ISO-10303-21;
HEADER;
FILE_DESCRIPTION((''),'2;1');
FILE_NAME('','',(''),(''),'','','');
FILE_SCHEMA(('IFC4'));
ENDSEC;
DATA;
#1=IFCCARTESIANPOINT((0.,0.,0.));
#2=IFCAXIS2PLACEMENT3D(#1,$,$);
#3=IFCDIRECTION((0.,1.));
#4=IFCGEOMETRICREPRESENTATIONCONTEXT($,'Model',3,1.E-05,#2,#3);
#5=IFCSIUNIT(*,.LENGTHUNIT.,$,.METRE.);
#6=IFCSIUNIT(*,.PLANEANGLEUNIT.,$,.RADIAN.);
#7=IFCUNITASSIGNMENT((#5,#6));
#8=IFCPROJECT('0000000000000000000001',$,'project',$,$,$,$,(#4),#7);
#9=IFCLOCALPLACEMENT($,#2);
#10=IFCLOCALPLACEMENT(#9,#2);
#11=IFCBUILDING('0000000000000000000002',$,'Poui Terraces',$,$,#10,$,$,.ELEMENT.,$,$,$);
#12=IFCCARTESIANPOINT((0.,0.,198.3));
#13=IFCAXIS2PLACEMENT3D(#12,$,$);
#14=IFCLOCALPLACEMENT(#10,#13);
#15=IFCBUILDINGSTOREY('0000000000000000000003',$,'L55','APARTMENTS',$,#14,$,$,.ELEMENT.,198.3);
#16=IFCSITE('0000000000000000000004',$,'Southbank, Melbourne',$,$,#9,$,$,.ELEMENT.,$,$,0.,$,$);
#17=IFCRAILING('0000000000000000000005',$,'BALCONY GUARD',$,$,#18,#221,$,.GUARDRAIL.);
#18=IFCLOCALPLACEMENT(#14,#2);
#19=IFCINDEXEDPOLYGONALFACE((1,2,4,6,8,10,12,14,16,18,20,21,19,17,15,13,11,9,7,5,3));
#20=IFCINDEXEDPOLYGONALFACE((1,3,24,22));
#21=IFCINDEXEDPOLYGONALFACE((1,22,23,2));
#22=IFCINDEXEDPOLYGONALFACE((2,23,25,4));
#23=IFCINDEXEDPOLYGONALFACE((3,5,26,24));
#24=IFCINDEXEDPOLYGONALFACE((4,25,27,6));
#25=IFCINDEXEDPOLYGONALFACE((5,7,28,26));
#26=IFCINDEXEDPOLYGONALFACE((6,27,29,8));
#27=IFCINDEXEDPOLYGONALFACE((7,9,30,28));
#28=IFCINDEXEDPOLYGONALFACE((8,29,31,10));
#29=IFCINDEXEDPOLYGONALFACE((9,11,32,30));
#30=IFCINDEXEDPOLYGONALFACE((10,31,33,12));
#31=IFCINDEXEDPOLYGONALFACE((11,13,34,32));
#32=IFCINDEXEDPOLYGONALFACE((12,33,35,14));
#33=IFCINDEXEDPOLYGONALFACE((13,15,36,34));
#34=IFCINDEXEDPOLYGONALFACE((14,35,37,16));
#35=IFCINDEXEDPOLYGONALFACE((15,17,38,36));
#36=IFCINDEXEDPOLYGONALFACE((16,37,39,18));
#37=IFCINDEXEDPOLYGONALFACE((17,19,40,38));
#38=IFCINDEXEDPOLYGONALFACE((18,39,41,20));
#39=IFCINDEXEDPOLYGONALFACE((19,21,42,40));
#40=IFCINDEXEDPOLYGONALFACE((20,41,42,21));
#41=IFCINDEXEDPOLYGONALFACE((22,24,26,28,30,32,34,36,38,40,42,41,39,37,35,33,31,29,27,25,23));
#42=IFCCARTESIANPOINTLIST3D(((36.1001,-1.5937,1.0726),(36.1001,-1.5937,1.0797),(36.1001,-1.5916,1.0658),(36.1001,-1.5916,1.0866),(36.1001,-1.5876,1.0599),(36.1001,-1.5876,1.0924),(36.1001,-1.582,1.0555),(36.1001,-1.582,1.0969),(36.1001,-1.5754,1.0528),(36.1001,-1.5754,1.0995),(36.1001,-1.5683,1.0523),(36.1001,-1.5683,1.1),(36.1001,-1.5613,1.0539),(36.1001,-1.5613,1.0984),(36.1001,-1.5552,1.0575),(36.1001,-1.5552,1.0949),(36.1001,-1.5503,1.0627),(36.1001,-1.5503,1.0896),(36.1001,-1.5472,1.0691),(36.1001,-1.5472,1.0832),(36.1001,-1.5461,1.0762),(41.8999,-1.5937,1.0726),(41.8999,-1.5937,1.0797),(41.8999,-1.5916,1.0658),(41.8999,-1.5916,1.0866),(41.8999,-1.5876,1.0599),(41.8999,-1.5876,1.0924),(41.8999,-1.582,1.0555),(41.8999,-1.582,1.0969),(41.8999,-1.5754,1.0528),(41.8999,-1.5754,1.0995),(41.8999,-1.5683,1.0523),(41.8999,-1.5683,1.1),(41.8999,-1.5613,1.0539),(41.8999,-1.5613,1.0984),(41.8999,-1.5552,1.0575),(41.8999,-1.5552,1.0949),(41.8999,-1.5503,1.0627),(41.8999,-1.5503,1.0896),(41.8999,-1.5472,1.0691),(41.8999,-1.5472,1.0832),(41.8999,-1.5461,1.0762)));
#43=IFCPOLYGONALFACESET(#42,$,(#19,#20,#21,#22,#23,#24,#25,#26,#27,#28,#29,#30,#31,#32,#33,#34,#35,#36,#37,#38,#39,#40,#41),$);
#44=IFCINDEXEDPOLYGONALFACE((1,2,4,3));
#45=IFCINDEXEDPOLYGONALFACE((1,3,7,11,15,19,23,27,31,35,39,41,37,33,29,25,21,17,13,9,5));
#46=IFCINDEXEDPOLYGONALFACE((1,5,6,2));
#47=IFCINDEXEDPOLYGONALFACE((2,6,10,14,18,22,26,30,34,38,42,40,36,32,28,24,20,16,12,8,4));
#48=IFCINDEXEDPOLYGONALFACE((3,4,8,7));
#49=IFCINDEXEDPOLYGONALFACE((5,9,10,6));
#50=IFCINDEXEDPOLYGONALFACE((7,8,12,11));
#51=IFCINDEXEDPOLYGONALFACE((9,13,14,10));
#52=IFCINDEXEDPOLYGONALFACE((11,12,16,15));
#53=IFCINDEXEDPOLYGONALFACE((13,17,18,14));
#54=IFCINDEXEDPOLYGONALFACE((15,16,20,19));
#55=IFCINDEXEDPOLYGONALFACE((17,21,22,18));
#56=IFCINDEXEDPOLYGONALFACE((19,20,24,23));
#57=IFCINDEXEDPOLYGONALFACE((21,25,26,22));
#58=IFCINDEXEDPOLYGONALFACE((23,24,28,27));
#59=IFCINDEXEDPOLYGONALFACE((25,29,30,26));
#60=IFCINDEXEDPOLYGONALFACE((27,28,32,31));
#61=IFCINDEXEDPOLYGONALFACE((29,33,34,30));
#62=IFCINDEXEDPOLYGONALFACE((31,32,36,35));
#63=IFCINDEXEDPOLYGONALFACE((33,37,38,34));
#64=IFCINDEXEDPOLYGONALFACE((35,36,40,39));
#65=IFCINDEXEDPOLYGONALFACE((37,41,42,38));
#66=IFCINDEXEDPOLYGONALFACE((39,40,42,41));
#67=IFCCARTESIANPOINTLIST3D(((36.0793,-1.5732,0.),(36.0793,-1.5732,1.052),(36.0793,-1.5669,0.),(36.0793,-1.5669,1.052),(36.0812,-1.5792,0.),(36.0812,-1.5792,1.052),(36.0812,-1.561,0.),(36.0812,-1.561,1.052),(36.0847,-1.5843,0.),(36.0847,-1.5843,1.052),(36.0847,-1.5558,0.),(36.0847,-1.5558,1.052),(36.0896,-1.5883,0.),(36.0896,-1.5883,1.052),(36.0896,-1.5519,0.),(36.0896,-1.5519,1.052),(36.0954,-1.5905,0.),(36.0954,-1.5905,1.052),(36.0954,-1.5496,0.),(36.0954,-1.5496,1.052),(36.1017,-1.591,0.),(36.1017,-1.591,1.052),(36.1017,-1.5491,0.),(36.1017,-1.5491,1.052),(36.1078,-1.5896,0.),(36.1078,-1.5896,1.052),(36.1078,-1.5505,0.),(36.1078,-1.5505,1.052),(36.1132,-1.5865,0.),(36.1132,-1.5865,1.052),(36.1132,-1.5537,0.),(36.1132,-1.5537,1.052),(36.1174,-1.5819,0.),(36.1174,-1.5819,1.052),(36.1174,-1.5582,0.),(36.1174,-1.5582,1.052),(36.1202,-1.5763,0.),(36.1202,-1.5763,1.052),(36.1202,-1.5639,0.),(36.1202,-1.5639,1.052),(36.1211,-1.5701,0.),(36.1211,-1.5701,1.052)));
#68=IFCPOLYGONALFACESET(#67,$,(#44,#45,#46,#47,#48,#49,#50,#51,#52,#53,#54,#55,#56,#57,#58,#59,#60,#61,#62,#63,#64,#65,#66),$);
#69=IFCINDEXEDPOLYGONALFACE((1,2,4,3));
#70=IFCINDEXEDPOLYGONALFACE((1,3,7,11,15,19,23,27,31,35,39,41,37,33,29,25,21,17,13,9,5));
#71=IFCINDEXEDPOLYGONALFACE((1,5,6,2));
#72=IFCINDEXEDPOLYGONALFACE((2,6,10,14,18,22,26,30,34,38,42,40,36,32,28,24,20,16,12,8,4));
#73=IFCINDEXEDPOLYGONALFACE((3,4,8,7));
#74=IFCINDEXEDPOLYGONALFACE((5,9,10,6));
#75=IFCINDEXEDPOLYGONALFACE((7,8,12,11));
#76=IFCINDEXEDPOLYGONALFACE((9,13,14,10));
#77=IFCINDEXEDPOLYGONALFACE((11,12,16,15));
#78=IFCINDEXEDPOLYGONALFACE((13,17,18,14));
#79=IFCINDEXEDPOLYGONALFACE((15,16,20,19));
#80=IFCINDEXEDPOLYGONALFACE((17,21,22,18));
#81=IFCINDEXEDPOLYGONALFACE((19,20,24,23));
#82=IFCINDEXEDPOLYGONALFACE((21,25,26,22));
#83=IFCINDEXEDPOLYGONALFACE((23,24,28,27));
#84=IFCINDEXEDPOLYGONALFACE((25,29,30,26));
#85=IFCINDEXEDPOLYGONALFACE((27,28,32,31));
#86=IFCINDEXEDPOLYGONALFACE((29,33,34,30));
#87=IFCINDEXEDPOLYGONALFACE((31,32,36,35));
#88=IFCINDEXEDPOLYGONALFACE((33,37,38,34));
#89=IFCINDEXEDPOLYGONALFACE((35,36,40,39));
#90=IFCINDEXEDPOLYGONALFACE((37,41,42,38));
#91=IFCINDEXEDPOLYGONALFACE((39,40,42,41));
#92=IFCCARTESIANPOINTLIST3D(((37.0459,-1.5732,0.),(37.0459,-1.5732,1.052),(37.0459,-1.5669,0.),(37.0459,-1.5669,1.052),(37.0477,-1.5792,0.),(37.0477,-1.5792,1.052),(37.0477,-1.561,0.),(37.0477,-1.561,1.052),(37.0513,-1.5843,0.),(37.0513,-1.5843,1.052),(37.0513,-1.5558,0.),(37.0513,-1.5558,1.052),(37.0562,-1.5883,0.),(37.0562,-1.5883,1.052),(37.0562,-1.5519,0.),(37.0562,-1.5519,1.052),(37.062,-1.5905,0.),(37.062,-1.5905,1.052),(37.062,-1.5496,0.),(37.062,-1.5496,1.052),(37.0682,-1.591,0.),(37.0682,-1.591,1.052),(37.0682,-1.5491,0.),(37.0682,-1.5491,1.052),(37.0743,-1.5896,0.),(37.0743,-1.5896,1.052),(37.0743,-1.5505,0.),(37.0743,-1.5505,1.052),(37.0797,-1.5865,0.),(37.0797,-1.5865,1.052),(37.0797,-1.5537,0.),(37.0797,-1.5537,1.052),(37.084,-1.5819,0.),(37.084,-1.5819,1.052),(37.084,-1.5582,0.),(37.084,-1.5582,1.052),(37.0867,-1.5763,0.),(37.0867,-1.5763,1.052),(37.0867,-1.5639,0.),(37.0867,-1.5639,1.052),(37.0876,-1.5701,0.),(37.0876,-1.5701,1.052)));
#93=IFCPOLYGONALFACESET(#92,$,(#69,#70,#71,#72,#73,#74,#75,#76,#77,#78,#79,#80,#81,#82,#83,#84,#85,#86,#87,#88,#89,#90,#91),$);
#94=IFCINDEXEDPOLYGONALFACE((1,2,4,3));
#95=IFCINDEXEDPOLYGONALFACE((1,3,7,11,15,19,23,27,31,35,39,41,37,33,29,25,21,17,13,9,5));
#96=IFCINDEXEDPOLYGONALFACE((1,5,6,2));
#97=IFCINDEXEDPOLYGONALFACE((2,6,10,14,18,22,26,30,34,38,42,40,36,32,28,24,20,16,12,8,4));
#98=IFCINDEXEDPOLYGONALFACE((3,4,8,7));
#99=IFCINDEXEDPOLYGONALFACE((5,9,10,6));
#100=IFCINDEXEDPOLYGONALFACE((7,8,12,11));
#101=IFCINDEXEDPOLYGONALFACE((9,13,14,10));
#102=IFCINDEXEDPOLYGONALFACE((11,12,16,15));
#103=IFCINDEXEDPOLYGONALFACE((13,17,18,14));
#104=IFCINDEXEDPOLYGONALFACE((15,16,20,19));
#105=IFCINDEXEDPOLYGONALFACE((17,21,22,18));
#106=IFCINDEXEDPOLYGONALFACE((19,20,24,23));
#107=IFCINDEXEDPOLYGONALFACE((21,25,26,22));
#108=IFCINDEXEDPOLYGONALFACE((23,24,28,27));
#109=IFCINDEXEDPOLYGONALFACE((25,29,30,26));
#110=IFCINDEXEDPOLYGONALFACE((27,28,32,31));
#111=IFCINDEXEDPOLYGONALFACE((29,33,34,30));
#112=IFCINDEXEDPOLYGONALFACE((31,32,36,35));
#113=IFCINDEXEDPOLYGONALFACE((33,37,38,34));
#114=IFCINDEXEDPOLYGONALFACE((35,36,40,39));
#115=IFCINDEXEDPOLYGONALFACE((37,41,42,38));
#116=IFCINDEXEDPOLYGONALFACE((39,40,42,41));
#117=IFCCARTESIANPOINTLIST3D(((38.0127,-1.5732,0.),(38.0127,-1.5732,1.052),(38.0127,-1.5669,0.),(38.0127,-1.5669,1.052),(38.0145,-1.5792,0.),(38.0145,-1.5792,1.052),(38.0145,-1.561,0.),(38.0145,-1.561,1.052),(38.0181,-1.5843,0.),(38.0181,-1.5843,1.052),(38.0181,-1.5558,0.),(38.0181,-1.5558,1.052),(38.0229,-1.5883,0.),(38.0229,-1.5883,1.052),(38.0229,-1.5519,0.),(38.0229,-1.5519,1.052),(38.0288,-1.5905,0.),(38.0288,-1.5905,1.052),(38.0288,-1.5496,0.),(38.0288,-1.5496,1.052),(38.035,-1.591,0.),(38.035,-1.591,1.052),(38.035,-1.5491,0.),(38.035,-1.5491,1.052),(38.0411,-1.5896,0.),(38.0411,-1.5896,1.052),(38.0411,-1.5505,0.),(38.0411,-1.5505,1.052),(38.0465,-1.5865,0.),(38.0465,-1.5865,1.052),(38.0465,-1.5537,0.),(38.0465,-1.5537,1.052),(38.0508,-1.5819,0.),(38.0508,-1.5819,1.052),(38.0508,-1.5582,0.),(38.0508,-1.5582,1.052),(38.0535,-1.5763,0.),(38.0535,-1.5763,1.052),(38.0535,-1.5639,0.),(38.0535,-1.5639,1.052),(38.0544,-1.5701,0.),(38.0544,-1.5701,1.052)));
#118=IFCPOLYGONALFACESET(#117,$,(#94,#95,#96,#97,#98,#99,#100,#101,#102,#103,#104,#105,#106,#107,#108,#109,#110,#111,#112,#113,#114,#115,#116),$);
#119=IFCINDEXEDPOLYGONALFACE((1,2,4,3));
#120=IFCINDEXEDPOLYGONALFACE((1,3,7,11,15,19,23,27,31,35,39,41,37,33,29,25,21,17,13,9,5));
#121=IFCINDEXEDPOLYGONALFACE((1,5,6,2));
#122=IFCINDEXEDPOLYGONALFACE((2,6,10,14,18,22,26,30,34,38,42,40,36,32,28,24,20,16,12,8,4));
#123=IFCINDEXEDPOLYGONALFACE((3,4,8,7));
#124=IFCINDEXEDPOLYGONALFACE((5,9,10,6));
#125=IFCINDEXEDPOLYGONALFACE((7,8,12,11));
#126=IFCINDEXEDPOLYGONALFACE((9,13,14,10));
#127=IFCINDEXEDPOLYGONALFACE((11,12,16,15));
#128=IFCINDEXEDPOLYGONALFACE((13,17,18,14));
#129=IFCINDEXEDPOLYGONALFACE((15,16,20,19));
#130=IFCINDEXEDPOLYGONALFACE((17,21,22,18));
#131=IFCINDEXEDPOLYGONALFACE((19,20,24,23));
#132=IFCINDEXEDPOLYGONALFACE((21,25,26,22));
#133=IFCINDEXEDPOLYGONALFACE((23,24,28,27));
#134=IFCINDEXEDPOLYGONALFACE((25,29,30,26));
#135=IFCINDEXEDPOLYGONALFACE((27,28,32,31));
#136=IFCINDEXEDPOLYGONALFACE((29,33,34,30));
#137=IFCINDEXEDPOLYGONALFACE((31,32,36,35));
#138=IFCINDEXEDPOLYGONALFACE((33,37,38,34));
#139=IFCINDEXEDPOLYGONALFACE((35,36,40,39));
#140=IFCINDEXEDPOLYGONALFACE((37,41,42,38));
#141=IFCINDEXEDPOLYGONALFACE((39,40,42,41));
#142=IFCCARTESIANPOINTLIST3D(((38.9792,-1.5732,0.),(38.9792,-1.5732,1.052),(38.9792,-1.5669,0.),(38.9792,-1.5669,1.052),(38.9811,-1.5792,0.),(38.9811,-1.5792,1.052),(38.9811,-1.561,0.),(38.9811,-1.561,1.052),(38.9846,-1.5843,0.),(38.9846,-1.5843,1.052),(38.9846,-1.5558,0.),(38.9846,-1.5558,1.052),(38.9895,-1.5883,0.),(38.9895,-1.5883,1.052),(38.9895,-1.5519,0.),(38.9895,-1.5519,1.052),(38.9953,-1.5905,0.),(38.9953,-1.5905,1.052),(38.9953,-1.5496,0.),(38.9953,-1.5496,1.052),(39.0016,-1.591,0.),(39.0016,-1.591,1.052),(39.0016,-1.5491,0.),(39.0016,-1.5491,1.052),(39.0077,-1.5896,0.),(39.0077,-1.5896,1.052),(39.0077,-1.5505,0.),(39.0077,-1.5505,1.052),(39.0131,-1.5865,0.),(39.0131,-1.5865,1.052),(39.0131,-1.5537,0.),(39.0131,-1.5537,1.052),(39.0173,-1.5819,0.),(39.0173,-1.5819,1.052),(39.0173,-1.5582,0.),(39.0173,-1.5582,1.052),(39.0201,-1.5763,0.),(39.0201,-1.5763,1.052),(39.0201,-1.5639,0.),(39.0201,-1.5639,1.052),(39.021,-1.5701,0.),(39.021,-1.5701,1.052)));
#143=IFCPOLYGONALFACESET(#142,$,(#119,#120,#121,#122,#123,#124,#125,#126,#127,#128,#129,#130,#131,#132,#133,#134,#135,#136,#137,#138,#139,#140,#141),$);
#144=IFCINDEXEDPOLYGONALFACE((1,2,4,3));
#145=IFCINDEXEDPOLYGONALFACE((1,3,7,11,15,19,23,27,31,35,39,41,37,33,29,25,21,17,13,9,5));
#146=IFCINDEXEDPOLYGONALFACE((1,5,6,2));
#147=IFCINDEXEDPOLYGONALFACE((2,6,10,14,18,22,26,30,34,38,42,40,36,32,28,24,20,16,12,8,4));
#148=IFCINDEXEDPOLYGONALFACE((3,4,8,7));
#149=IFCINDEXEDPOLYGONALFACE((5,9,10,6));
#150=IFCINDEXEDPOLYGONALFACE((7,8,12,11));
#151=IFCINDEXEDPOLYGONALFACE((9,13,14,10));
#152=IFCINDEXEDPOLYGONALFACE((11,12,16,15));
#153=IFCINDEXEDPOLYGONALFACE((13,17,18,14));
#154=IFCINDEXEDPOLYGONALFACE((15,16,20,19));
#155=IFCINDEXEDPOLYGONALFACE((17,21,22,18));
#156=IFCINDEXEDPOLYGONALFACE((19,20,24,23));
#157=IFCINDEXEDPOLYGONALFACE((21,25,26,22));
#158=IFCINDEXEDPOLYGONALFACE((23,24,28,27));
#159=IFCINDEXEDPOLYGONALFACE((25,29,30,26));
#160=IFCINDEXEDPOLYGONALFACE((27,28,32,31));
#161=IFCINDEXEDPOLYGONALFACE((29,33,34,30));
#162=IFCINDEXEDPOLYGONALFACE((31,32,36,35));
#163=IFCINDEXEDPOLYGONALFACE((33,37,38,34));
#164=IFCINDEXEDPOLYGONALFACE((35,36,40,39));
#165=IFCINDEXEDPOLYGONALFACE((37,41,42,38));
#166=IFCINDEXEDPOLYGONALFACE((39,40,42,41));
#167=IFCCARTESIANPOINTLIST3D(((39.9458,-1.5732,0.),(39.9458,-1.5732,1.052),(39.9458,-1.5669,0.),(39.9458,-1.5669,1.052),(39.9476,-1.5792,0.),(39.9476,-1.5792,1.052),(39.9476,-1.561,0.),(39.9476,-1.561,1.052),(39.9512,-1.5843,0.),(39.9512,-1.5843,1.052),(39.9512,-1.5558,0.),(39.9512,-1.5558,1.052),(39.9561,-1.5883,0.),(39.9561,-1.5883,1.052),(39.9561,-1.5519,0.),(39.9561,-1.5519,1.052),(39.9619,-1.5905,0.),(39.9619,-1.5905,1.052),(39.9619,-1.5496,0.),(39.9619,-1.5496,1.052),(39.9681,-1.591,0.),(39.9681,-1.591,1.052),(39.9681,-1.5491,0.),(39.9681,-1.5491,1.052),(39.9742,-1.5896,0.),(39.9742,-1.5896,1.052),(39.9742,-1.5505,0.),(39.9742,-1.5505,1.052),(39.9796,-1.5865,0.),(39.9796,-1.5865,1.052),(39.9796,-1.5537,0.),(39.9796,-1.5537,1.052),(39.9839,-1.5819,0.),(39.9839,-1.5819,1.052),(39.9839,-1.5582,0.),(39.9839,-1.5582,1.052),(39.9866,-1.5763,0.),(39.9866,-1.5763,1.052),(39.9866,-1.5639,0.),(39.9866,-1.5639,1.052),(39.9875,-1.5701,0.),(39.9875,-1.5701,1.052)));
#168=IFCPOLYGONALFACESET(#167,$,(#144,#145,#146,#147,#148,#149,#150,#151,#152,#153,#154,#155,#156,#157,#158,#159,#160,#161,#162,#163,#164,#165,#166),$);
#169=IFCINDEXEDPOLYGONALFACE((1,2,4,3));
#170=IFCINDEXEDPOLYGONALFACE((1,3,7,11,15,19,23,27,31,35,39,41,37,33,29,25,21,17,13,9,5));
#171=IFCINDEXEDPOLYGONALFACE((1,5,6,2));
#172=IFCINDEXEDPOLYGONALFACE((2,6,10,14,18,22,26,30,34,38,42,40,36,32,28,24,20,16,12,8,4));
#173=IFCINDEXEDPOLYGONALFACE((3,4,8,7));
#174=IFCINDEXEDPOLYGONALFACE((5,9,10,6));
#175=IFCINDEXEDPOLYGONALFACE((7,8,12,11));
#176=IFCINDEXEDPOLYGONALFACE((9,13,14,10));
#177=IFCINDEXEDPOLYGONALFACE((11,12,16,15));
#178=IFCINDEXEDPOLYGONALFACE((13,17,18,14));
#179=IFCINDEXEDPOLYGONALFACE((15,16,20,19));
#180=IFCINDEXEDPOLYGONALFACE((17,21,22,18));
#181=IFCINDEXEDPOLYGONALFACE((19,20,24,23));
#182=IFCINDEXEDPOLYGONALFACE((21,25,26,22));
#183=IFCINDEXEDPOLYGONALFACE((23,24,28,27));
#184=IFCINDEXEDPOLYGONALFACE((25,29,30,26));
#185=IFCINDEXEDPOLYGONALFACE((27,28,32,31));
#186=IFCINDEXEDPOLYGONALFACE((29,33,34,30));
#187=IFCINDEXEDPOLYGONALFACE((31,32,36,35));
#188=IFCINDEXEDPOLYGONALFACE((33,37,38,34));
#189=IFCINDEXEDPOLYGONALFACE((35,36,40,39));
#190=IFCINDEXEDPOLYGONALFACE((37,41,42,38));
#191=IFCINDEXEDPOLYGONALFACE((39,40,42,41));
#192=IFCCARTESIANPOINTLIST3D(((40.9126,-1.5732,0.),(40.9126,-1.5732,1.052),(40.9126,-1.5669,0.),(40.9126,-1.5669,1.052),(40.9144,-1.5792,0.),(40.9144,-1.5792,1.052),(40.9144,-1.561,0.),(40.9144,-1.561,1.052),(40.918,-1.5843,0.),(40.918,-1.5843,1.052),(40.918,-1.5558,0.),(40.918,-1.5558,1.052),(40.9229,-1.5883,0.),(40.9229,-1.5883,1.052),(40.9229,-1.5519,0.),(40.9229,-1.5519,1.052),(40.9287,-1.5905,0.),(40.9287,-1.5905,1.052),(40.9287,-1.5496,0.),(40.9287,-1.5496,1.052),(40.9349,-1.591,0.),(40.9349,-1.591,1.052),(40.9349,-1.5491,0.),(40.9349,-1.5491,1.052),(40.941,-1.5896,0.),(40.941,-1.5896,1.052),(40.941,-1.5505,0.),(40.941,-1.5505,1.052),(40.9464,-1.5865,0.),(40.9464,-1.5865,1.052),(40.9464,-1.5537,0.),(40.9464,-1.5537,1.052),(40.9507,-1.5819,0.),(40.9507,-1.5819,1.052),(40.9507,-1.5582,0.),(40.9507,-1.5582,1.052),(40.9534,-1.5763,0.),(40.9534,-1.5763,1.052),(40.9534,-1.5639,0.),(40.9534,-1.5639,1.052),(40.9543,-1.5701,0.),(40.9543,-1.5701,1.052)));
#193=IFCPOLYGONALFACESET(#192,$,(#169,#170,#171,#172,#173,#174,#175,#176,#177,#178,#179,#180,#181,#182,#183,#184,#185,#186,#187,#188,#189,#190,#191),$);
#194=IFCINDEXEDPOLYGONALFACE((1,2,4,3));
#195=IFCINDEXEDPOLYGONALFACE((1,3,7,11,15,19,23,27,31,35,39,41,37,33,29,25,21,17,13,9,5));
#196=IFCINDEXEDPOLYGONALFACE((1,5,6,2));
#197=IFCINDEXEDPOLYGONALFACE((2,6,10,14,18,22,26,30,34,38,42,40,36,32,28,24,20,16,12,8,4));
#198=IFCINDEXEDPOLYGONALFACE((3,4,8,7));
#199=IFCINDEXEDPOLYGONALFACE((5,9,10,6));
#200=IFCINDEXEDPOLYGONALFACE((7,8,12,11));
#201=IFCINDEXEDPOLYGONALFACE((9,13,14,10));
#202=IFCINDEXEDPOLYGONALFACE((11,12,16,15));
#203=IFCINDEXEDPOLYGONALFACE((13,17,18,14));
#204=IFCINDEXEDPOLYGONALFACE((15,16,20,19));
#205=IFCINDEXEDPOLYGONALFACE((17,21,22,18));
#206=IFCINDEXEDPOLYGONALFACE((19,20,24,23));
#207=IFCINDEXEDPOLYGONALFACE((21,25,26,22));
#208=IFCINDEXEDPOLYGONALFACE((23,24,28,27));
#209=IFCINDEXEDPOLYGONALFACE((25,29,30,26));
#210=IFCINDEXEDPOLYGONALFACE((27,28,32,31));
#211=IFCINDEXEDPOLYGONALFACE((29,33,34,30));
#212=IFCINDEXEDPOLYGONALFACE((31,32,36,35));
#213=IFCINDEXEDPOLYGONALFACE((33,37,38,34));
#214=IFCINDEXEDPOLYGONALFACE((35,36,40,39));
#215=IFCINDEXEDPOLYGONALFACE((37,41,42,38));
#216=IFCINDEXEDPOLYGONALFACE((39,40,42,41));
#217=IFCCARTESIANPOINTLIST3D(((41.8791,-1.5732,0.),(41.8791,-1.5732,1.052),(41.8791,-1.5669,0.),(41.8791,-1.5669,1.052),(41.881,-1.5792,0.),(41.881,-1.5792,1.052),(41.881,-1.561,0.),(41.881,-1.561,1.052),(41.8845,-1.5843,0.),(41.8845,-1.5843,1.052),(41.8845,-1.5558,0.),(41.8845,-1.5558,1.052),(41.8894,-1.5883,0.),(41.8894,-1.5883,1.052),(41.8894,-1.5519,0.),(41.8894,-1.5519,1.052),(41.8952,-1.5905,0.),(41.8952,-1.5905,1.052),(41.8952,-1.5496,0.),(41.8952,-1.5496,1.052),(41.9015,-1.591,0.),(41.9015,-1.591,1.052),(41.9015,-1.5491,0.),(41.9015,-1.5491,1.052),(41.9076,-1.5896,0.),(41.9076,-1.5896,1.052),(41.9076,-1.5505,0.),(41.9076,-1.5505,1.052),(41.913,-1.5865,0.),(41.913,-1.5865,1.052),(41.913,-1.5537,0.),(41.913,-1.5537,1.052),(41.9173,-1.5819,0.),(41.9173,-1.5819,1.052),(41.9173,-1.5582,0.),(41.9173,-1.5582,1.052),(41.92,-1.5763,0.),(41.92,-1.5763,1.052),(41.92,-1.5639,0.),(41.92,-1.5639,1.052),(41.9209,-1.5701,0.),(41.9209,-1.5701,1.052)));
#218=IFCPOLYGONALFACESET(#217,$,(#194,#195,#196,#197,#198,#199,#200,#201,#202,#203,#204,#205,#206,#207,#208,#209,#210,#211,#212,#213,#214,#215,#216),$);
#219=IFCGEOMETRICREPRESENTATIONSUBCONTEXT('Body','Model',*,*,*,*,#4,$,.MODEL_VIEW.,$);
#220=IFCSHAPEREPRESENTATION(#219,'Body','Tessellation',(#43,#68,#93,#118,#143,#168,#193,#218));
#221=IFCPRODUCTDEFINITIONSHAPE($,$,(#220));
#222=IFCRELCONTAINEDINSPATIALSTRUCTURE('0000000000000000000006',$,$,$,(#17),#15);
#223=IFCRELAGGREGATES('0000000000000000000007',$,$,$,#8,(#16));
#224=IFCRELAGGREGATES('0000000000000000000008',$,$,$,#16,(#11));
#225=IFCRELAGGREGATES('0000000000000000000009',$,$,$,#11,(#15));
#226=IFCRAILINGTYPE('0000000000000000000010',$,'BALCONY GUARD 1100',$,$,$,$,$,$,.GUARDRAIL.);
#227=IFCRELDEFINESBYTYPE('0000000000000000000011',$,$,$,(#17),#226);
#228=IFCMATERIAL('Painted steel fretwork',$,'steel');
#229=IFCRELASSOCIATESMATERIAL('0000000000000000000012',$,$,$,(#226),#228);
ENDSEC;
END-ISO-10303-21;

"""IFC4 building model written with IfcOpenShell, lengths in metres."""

from ifc_helpers import new_model, si_unit, direction, frame, origin, origin_2d, place, context, subcontext, project, spatial, circle, extrude, material, type_object, element, save


model = new_model("IFC4")

# Units and contexts
model_context = context("Model", 3, precision=1e-05, world=origin(), true_north=direction((0.0, 1.0)))
body_context = subcontext(model_context, "Body", "Model", "MODEL_VIEW")
ifc_project = project(units=[si_unit("LENGTHUNIT", "METRE"), si_unit("PLANEANGLEUNIT", "RADIAN")], contexts=[model_context])

# Site, building, storey
site_placement = place(None, origin())
site = spatial("IfcSite", under=ifc_project, at=site_placement, Name="Southbank, Melbourne", CompositionType="ELEMENT", RefElevation=0.0)
building_placement = place(site_placement, origin())
building = spatial("IfcBuilding", under=site, at=building_placement, Name="Poui Terraces", CompositionType="ELEMENT")
storey_placement = place(building_placement, frame((0.0, 0.0, 198.3)))
storey = spatial("IfcBuildingStorey", under=building, at=storey_placement, Name="L55", Description="APARTMENTS", CompositionType="ELEMENT", Elevation=198.3)

# Railing
ifc_material_1 = material(Name="Painted steel fretwork", Category="steel")
railing_type = type_object("IfcRailingType", Name="BALCONY GUARD 1100", PredefinedType="GUARDRAIL", material=ifc_material_1)
railing_placement = place(storey_placement, frame((36.1001, -1.5701, 0.0)))
element("IfcRailing", 1, at=railing_placement, inside=storey, type_object=railing_type, Name="BALCONY GUARD", PredefinedType="GUARDRAIL", context=body_context, shape_type="SweptSolid", body=[
    extrude(circle(Radius=0.0239, at=origin_2d()), frame((0.0, 0.0, 1.0762), z_axis=(1.0, 0.0, 0.0), x_axis=(0.0, 1.0, 0.0)), (0.0, 0.0, 1.0), 5.7998),
    extrude(circle(Radius=0.021, at=origin_2d()), origin(), (0.0, 0.0, 1.0), 1.052),
    extrude(circle(Radius=0.021, at=origin_2d()), frame((0.9666, 0.0, 0.0)), (0.0, 0.0, 1.0), 1.052),
    extrude(circle(Radius=0.021, at=origin_2d()), frame((1.9333, 0.0, 0.0)), (0.0, 0.0, 1.0), 1.052),
    extrude(circle(Radius=0.021, at=origin_2d()), frame((2.8999, 0.0, 0.0)), (0.0, 0.0, 1.0), 1.052),
    extrude(circle(Radius=0.021, at=origin_2d()), frame((3.8665, 0.0, 0.0)), (0.0, 0.0, 1.0), 1.052),
    extrude(circle(Radius=0.021, at=origin_2d()), frame((4.8333, 0.0, 0.0)), (0.0, 0.0, 1.0), 1.052),
    extrude(circle(Radius=0.021, at=origin_2d()), frame((5.7998, 0.0, 0.0)), (0.0, 0.0, 1.0), 1.052),
])

save(model, "model.ifc")
